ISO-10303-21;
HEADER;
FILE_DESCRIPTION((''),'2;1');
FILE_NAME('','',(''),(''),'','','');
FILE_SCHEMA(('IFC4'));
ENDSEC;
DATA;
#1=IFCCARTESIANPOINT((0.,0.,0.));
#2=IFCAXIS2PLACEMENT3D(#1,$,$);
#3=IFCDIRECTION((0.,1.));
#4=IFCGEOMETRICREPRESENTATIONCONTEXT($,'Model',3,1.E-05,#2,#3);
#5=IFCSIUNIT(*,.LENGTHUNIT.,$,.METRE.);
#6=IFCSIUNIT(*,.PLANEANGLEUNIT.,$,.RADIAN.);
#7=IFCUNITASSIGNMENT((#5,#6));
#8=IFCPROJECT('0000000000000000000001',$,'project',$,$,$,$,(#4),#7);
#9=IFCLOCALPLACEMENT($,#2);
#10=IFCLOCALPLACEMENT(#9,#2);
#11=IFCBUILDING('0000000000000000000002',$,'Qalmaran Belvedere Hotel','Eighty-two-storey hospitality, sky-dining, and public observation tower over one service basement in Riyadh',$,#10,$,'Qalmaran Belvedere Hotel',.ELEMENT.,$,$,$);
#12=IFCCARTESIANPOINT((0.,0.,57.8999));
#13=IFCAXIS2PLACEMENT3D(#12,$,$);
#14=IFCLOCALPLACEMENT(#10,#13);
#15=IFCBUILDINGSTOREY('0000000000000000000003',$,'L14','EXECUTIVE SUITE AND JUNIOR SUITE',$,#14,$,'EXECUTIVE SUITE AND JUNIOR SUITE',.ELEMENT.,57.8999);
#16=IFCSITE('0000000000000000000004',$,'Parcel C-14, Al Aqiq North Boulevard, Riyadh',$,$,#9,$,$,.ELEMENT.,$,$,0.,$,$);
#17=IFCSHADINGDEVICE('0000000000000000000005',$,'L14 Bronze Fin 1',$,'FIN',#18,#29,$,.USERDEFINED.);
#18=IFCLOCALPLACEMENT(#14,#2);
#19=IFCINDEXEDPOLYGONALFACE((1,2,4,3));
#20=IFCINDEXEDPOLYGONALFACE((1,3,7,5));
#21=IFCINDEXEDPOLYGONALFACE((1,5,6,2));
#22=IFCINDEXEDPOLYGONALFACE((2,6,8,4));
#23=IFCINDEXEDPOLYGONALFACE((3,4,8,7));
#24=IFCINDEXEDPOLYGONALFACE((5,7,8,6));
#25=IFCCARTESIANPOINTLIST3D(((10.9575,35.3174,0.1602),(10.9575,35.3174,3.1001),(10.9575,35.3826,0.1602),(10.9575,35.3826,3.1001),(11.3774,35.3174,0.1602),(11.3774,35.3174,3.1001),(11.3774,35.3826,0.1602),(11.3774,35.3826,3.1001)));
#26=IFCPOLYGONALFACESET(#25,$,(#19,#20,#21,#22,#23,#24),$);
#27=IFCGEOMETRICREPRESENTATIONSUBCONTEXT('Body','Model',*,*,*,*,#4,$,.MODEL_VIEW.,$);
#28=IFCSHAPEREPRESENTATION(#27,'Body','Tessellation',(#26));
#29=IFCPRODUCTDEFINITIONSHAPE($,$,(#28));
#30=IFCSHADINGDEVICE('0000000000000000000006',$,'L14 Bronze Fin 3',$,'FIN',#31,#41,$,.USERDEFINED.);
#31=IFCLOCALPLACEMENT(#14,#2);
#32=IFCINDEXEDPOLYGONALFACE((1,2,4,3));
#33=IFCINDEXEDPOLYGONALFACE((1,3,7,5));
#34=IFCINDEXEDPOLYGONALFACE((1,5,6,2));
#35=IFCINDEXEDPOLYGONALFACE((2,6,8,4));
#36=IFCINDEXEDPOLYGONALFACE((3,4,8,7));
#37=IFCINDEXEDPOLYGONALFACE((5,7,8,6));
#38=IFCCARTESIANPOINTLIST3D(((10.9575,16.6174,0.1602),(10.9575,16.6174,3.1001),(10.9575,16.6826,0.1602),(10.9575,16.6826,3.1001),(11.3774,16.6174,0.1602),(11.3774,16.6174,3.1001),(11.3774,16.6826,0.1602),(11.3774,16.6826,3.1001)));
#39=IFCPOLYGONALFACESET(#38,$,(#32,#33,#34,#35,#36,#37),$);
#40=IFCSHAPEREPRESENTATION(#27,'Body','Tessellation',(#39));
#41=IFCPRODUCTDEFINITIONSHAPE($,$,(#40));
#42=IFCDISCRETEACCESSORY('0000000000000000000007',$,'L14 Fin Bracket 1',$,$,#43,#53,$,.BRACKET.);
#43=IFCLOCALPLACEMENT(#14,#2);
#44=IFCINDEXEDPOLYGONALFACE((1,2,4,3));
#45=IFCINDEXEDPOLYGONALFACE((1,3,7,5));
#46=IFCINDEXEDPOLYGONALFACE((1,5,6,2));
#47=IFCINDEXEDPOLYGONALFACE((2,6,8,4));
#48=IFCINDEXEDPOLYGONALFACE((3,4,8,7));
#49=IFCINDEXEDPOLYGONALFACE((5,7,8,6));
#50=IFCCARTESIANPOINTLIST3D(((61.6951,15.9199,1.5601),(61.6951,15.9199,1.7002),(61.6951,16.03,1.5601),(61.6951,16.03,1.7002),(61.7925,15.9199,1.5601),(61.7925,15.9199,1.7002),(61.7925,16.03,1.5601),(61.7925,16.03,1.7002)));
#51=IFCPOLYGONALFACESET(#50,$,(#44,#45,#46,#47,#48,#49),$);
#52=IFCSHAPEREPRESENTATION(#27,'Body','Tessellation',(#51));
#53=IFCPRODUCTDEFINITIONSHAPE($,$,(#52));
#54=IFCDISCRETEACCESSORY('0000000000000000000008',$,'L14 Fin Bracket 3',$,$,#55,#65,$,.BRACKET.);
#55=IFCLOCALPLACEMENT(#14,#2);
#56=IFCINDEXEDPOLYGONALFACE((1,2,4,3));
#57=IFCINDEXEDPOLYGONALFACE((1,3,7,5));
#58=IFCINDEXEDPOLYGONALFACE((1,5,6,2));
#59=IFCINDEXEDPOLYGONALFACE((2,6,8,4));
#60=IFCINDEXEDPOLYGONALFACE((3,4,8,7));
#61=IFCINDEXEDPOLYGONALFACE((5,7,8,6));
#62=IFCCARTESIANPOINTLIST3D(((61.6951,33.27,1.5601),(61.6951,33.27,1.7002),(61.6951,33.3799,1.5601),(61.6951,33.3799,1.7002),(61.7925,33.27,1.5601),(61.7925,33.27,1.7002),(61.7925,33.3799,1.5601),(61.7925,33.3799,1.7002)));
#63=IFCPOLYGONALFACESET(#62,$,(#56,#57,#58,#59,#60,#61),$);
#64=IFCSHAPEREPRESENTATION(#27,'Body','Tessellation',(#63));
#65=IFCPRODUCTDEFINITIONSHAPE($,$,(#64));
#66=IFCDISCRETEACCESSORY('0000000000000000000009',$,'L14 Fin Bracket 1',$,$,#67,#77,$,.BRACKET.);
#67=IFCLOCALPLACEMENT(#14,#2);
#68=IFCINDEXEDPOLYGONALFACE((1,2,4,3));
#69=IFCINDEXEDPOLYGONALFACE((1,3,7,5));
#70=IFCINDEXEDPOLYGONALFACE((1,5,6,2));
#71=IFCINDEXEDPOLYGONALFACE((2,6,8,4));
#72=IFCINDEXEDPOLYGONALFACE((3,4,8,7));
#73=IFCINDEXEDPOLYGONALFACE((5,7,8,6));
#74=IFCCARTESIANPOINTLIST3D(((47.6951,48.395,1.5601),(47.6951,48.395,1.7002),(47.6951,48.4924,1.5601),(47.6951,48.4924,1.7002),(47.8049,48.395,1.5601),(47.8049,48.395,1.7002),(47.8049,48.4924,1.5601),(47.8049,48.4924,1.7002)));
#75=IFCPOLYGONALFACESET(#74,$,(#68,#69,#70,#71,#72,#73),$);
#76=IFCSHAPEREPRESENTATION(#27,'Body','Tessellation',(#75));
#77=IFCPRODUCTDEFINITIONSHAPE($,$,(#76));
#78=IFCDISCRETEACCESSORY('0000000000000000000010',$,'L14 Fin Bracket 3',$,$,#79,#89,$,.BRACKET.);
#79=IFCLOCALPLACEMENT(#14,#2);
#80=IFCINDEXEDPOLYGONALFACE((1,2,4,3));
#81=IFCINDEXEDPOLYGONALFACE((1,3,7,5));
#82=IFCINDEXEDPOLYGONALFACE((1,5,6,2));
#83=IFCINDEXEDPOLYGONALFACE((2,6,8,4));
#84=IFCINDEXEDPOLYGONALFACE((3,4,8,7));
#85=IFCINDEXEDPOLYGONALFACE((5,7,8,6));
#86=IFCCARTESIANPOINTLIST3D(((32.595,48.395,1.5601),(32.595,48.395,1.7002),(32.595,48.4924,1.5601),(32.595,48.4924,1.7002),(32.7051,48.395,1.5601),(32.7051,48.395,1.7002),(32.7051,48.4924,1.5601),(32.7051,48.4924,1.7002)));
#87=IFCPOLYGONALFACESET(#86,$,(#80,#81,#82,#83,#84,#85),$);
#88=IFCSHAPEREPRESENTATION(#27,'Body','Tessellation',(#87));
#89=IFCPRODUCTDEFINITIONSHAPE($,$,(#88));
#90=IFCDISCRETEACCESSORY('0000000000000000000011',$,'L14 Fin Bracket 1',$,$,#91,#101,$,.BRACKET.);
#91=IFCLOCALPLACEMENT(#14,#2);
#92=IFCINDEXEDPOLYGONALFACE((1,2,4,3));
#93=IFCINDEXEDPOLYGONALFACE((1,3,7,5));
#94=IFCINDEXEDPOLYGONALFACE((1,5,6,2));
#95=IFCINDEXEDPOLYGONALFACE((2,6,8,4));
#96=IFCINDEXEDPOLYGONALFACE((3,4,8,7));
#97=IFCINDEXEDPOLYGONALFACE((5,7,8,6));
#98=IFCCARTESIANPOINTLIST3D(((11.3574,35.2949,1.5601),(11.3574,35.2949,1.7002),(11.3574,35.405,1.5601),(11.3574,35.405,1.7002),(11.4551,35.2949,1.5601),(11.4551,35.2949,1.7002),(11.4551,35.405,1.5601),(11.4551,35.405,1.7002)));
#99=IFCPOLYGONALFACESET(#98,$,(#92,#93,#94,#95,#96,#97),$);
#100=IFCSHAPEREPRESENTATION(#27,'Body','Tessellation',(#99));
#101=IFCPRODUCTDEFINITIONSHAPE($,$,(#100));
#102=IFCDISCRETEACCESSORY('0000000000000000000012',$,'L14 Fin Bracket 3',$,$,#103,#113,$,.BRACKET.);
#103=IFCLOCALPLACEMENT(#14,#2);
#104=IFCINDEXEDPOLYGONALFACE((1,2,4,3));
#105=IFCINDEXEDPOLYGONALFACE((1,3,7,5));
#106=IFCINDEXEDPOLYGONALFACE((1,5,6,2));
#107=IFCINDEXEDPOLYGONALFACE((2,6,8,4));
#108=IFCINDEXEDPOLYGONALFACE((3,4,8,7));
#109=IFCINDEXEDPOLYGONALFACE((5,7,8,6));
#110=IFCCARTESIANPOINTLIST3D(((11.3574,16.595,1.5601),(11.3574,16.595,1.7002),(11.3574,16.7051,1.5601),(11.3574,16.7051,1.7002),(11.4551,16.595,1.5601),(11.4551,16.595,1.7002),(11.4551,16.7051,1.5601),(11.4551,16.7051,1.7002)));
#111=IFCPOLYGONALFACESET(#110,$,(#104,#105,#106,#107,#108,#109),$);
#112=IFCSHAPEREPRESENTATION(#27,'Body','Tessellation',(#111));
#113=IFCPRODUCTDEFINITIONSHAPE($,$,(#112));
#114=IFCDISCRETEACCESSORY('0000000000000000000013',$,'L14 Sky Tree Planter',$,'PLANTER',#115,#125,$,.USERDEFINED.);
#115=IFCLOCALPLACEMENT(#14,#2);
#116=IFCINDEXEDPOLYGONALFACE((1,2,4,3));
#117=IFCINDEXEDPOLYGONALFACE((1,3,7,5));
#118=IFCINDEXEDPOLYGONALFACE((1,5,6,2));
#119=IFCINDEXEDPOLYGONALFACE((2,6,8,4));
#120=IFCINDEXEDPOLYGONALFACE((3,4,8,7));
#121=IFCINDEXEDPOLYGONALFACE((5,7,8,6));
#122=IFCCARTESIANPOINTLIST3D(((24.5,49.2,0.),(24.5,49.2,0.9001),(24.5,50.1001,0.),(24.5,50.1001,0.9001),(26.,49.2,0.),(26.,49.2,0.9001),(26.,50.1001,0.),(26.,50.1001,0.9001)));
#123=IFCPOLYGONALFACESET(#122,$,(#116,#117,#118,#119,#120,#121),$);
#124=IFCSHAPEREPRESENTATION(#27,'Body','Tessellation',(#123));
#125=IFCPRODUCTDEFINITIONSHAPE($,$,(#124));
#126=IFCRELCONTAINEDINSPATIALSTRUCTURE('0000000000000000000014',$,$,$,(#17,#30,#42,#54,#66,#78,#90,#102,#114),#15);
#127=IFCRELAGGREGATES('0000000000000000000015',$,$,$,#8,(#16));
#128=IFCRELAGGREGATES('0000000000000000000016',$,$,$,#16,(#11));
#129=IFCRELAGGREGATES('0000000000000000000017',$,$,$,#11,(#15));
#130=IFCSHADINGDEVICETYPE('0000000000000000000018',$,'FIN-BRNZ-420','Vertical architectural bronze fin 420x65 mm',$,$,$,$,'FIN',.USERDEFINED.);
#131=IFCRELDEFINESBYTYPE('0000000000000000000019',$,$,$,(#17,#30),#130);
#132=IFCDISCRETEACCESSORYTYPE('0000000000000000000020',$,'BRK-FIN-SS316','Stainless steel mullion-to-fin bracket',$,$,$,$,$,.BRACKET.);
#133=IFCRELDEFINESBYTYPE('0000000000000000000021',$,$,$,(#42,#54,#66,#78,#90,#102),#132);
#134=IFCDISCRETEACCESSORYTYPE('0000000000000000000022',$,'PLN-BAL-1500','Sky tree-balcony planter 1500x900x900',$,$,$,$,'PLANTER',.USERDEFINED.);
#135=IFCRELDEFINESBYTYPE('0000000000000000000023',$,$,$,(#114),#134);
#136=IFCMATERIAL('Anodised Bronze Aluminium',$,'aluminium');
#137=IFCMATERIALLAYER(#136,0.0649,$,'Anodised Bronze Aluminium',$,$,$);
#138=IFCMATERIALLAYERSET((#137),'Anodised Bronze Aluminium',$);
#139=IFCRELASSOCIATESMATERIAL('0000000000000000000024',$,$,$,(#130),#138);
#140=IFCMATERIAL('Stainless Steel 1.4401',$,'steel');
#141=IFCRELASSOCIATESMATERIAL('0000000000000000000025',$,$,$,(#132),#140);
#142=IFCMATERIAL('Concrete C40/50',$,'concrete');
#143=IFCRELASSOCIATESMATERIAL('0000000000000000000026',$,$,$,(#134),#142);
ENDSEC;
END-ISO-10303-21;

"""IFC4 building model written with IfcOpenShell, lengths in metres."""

from ifc_helpers import new_model, si_unit, direction, frame, origin, place, context, subcontext, project, spatial, polyline, outline, extrude, material, layer, layer_set, type_object, element, save


model = new_model("IFC4")

# Units and contexts
model_context = context("Model", 3, precision=1e-05, world=origin(), true_north=direction((0.0, 1.0)))
body_context = subcontext(model_context, "Body", "Model", "MODEL_VIEW")
ifc_project = project(units=[si_unit("LENGTHUNIT", "METRE"), si_unit("PLANEANGLEUNIT", "RADIAN")], contexts=[model_context])

# Site, building, storey
site_placement = place(None, origin())
site = spatial("IfcSite", under=ifc_project, at=site_placement, Name="Parcel C-14, Al Aqiq North Boulevard, Riyadh", CompositionType="ELEMENT", RefElevation=0.0)
building_placement = place(site_placement, origin())
building = spatial("IfcBuilding", under=site, at=building_placement, Name="Qalmaran Belvedere Hotel", Description="Eighty-two-storey hospitality, sky-dining, and public observation tower over one service basement in Riyadh", LongName="Qalmaran Belvedere Hotel", CompositionType="ELEMENT")
storey_placement = place(building_placement, frame((0.0, 0.0, 57.8999)))
storey = spatial("IfcBuildingStorey", under=building, at=storey_placement, Name="L14", Description="EXECUTIVE SUITE AND JUNIOR SUITE", LongName="EXECUTIVE SUITE AND JUNIOR SUITE", CompositionType="ELEMENT", Elevation=57.8999)

# Shared definitions
ifc_material_1 = material(Name="Anodised Bronze Aluminium", Category="aluminium")

# Shared definitions
ifc_material_2 = material(Name="Concrete C40/50", Category="concrete")

# Shading devices
ifc_layer_1 = layer(ifc_material_1, 0.0649, Name="Anodised Bronze Aluminium")
ifc_layer_set_1 = layer_set([ifc_layer_1], Name="Anodised Bronze Aluminium")
shading_device_type = type_object("IfcShadingDeviceType", Name="FIN-BRNZ-420", Description="Vertical architectural bronze fin 420x65 mm", ElementType="FIN", PredefinedType="USERDEFINED", material=ifc_layer_set_1)
shading_device_1_placement = place(storey_placement, frame((0.0, 0.0, 0.1602)))
element("IfcShadingDevice", 1, at=shading_device_1_placement, inside=storey, type_object=shading_device_type, Name="L14 Bronze Fin 1", ObjectType="FIN", PredefinedType="USERDEFINED", context=body_context, shape_type="SweptSolid", body=[
    extrude(outline(polyline([(11.3774, 35.3826), (10.9575, 35.3826), (10.9575, 35.3174), (11.3774, 35.3174), (11.3774, 35.3826)])), origin(), (0.0, 0.0, 1.0), 2.9399),
])
shading_device_2_placement = place(storey_placement, frame((0.0, 0.0, 0.1602)))
element("IfcShadingDevice", 2, at=shading_device_2_placement, inside=storey, type_object=shading_device_type, Name="L14 Bronze Fin 3", ObjectType="FIN", PredefinedType="USERDEFINED", context=body_context, shape_type="SweptSolid", body=[
    extrude(outline(polyline([(11.3774, 16.6826), (10.9575, 16.6826), (10.9575, 16.6174), (11.3774, 16.6174), (11.3774, 16.6826)])), origin(), (0.0, 0.0, 1.0), 2.9399),
])

# Discrete accessories
ifc_material_3 = material(Name="Stainless Steel 1.4401", Category="steel")
discrete_accessory_type_1 = type_object("IfcDiscreteAccessoryType", Name="BRK-FIN-SS316", Description="Stainless steel mullion-to-fin bracket", PredefinedType="BRACKET", material=ifc_material_3)
discrete_accessory_1_placement = place(storey_placement, frame((0.0, 0.0, 1.5601)))
element("IfcDiscreteAccessory", 3, at=discrete_accessory_1_placement, inside=storey, type_object=discrete_accessory_type_1, Name="L14 Fin Bracket 1", PredefinedType="BRACKET", context=body_context, shape_type="SweptSolid", body=[
    extrude(outline(polyline([(61.6951, 15.9199), (61.7925, 15.9199), (61.7925, 16.03), (61.6951, 16.03), (61.6951, 15.9199)])), origin(), (0.0, 0.0, 1.0), 0.1401),
])
discrete_accessory_2_placement = place(storey_placement, frame((0.0, 0.0, 1.5601)))
element("IfcDiscreteAccessory", 4, at=discrete_accessory_2_placement, inside=storey, type_object=discrete_accessory_type_1, Name="L14 Fin Bracket 3", PredefinedType="BRACKET", context=body_context, shape_type="SweptSolid", body=[
    extrude(outline(polyline([(61.6951, 33.27), (61.7925, 33.27), (61.7925, 33.3799), (61.6951, 33.3799), (61.6951, 33.27)])), origin(), (0.0, 0.0, 1.0), 0.1401),
])
discrete_accessory_3_placement = place(storey_placement, frame((0.0, 0.0, 1.5601)))
element("IfcDiscreteAccessory", 5, at=discrete_accessory_3_placement, inside=storey, type_object=discrete_accessory_type_1, Name="L14 Fin Bracket 1", PredefinedType="BRACKET", context=body_context, shape_type="SweptSolid", body=[
    extrude(outline(polyline([(47.8049, 48.395), (47.8049, 48.4924), (47.6951, 48.4924), (47.6951, 48.395), (47.8049, 48.395)])), origin(), (0.0, 0.0, 1.0), 0.1401),
])
discrete_accessory_4_placement = place(storey_placement, frame((0.0, 0.0, 1.5601)))
element("IfcDiscreteAccessory", 6, at=discrete_accessory_4_placement, inside=storey, type_object=discrete_accessory_type_1, Name="L14 Fin Bracket 3", PredefinedType="BRACKET", context=body_context, shape_type="SweptSolid", body=[
    extrude(outline(polyline([(32.7051, 48.395), (32.7051, 48.4924), (32.595, 48.4924), (32.595, 48.395), (32.7051, 48.395)])), origin(), (0.0, 0.0, 1.0), 0.1401),
])
discrete_accessory_5_placement = place(storey_placement, frame((0.0, 0.0, 1.5601)))
element("IfcDiscreteAccessory", 7, at=discrete_accessory_5_placement, inside=storey, type_object=discrete_accessory_type_1, Name="L14 Fin Bracket 1", PredefinedType="BRACKET", context=body_context, shape_type="SweptSolid", body=[
    extrude(outline(polyline([(11.4551, 35.405), (11.3574, 35.405), (11.3574, 35.2949), (11.4551, 35.2949), (11.4551, 35.405)])), origin(), (0.0, 0.0, 1.0), 0.1401),
])
discrete_accessory_6_placement = place(storey_placement, frame((0.0, 0.0, 1.5601)))
element("IfcDiscreteAccessory", 8, at=discrete_accessory_6_placement, inside=storey, type_object=discrete_accessory_type_1, Name="L14 Fin Bracket 3", PredefinedType="BRACKET", context=body_context, shape_type="SweptSolid", body=[
    extrude(outline(polyline([(11.4551, 16.7051), (11.3574, 16.7051), (11.3574, 16.595), (11.4551, 16.595), (11.4551, 16.7051)])), origin(), (0.0, 0.0, 1.0), 0.1401),
])
discrete_accessory_type_2 = type_object("IfcDiscreteAccessoryType", Name="PLN-BAL-1500", Description="Sky tree-balcony planter 1500x900x900", ElementType="PLANTER", PredefinedType="USERDEFINED", material=ifc_material_2)
discrete_accessory_7_placement = place(storey_placement, origin())
element("IfcDiscreteAccessory", 9, at=discrete_accessory_7_placement, inside=storey, type_object=discrete_accessory_type_2, Name="L14 Sky Tree Planter", ObjectType="PLANTER", PredefinedType="USERDEFINED", context=body_context, shape_type="SweptSolid", body=[
    extrude(outline(polyline([(24.5, 49.2), (26.0, 49.2), (26.0, 50.1001), (24.5, 50.1001), (24.5, 49.2)])), origin(), (0.0, 0.0, 1.0), 0.9001),
])

save(model, "model.ifc")
